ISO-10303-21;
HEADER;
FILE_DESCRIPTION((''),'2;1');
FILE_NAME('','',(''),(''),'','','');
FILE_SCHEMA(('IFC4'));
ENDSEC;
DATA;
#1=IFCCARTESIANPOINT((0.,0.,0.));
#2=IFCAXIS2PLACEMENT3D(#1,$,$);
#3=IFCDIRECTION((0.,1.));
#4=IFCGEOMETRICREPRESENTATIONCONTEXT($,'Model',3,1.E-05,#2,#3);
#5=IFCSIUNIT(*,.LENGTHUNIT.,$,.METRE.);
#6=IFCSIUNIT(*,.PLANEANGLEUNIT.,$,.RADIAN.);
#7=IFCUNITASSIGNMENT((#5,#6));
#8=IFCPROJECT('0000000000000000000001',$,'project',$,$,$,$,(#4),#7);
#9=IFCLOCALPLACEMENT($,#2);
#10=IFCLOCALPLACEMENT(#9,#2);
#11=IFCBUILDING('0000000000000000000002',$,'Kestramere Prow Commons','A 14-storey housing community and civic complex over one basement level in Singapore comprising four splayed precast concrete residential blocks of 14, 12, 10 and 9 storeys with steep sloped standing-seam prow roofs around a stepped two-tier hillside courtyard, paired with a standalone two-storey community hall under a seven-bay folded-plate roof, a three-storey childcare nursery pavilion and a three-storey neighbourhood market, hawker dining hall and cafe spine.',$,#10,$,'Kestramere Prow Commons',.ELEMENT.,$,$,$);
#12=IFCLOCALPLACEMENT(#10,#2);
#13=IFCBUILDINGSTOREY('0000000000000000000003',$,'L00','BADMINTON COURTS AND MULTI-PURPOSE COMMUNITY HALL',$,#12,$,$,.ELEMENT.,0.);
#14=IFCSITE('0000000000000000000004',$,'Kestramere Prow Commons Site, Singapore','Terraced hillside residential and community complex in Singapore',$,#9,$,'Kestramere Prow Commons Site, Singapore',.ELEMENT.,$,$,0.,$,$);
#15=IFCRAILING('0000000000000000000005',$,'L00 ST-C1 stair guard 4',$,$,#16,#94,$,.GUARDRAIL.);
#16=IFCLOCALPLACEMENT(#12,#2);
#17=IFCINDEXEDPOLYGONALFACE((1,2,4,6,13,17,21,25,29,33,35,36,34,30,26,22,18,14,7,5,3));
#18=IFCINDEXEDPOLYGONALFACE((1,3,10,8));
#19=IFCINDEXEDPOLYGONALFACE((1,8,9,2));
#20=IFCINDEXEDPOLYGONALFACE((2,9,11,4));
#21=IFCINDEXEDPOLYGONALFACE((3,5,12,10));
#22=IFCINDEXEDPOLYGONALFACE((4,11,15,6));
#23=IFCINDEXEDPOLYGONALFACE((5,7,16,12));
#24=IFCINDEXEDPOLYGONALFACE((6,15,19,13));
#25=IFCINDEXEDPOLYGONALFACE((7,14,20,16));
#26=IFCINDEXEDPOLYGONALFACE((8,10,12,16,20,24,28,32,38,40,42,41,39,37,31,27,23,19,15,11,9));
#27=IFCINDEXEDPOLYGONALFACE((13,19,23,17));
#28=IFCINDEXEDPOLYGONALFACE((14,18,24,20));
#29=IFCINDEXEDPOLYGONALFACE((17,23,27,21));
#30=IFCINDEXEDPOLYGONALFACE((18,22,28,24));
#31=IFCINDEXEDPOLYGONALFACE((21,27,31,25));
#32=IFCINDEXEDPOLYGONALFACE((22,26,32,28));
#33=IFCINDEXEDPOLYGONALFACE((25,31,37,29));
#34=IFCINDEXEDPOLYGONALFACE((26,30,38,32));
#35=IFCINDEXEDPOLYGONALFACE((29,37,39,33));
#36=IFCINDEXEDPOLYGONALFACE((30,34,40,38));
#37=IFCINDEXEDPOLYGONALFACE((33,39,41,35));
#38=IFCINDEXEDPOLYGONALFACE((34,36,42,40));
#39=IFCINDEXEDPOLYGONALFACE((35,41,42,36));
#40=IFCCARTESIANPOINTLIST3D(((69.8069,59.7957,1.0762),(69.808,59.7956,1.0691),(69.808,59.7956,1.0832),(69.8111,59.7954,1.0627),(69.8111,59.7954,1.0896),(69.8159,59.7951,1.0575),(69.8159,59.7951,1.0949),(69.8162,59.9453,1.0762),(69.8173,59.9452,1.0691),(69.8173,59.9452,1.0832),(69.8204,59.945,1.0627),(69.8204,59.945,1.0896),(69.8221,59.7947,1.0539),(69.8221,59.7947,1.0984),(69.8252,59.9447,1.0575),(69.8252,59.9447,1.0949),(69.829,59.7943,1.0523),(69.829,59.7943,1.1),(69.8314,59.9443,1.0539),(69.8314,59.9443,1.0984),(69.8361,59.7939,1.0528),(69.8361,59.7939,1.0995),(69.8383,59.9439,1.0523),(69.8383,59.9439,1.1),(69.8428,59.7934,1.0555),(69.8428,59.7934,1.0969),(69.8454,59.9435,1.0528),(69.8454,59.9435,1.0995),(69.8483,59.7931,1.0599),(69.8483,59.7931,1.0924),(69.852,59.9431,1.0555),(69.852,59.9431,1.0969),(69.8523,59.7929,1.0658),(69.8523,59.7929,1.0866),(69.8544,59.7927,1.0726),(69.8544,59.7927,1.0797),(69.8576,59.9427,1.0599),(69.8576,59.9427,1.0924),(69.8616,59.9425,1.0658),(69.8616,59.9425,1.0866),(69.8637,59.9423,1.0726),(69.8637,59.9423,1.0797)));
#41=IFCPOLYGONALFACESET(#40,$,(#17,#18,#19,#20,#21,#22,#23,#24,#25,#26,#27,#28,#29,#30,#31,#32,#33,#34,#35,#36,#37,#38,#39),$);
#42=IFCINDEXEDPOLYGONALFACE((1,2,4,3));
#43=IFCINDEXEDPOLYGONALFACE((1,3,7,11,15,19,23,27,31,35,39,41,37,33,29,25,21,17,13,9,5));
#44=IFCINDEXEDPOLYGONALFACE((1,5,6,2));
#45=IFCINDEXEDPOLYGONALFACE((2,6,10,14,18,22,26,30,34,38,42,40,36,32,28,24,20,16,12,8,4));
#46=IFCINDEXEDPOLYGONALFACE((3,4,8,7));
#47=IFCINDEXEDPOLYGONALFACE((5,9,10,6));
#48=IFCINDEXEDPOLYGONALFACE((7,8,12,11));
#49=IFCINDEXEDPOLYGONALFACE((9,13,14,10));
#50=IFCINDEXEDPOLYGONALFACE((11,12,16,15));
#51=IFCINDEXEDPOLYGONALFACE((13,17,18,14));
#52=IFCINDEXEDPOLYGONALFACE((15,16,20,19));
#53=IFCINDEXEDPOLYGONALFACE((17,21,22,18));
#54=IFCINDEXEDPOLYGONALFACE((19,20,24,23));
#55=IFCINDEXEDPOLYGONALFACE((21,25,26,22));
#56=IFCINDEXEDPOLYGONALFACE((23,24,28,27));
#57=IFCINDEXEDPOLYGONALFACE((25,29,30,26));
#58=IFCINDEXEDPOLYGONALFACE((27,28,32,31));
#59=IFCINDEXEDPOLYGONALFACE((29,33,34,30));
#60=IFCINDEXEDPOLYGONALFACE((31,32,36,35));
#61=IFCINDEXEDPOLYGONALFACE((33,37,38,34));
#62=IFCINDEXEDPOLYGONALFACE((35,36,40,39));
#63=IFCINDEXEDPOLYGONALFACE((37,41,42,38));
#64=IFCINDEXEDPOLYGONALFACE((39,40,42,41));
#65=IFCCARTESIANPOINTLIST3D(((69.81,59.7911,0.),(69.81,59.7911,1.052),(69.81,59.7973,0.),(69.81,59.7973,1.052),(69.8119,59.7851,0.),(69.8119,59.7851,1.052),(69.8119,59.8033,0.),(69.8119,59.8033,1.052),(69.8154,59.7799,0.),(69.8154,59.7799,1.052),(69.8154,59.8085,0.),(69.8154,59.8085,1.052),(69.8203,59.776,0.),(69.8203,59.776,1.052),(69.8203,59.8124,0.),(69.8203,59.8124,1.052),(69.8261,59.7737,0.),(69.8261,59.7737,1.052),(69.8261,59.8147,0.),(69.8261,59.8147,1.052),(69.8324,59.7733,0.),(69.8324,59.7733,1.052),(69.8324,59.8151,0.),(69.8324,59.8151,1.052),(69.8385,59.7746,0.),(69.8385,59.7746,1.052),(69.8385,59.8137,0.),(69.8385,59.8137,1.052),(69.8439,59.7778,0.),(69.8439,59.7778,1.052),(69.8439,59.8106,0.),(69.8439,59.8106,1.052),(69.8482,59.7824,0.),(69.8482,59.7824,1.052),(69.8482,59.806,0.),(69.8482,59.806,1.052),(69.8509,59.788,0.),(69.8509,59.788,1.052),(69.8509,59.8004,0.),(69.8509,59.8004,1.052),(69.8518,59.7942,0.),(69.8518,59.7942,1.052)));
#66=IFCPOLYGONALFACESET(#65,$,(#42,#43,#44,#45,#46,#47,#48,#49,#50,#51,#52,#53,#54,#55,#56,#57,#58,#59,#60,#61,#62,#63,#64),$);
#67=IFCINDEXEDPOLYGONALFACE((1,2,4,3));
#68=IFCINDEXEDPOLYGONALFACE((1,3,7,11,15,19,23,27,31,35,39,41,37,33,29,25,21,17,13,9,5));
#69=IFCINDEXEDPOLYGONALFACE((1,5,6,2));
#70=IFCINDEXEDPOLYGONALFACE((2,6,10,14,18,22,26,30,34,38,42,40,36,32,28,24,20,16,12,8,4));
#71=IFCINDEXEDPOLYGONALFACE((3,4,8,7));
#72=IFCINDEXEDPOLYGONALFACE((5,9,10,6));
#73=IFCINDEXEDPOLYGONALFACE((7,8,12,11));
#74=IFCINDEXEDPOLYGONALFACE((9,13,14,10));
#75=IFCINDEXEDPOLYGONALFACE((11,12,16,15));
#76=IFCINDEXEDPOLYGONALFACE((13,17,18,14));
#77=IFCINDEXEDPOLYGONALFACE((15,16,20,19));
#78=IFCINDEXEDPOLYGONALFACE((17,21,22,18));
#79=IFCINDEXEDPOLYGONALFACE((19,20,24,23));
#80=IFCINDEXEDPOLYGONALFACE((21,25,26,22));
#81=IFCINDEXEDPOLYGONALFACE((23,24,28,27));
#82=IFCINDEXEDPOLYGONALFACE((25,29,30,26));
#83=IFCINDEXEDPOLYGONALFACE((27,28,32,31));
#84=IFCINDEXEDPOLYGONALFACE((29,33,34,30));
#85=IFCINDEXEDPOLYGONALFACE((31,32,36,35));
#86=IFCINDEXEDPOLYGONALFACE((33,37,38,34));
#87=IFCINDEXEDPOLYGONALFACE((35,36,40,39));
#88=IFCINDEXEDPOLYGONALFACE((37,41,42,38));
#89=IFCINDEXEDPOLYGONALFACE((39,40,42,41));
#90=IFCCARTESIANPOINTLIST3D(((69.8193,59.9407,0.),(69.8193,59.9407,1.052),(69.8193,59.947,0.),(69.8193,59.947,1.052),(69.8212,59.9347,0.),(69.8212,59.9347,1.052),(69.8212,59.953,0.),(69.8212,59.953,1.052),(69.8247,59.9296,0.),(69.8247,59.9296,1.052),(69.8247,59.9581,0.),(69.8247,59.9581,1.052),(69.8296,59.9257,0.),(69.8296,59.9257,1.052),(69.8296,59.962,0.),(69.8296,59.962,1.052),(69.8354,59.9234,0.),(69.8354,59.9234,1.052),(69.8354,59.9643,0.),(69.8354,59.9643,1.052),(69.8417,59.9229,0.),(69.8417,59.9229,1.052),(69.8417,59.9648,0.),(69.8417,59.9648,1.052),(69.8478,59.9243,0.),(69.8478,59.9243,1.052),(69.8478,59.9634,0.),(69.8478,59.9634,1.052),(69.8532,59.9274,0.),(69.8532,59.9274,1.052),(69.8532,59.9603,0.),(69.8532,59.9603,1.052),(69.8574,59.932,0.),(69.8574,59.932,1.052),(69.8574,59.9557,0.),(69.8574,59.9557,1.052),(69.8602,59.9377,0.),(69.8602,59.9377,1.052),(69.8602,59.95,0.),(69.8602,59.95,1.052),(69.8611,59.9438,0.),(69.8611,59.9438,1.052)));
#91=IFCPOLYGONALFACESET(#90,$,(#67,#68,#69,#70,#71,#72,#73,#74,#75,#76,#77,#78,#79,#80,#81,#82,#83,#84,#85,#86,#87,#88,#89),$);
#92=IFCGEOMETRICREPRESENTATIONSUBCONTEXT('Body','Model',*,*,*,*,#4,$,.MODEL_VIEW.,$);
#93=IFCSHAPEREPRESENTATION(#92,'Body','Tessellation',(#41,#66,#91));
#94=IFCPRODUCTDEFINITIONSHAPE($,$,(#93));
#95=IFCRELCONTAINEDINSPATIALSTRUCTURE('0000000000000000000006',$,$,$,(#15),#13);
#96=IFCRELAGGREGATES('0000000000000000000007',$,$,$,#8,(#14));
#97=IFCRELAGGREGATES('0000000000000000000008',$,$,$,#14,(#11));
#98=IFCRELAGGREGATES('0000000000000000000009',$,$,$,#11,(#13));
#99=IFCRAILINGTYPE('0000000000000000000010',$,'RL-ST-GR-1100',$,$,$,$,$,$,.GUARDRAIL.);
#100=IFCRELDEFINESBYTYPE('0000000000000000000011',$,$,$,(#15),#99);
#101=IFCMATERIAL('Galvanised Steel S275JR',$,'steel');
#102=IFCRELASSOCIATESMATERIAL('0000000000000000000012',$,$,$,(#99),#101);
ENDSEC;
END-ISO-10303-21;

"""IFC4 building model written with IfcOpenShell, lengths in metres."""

from ifc_helpers import new_model, si_unit, direction, frame, origin, origin_2d, place, context, subcontext, project, spatial, circle, extrude, material, type_object, element, save


model = new_model("IFC4")

# Units and contexts
model_context = context("Model", 3, precision=1e-05, world=origin(), true_north=direction((0.0, 1.0)))
body_context = subcontext(model_context, "Body", "Model", "MODEL_VIEW")
ifc_project = project(units=[si_unit("LENGTHUNIT", "METRE"), si_unit("PLANEANGLEUNIT", "RADIAN")], contexts=[model_context])

# Site, building, storey
site_placement = place(None, origin())
site = spatial("IfcSite", under=ifc_project, at=site_placement, Name="Kestramere Prow Commons Site, Singapore", Description="Terraced hillside residential and community complex in Singapore", LongName="Kestramere Prow Commons Site, Singapore", CompositionType="ELEMENT", RefElevation=0.0)
building_placement = place(site_placement, origin())
building = spatial("IfcBuilding", under=site, at=building_placement, Name="Kestramere Prow Commons", Description="A 14-storey housing community and civic complex over one basement level in Singapore comprising four splayed precast concrete residential blocks of 14, 12, 10 and 9 storeys with steep sloped standing-seam prow roofs around a stepped two-tier hillside courtyard, paired with a standalone two-storey community hall under a seven-bay folded-plate roof, a three-storey childcare nursery pavilion and a three-storey neighbourhood market, hawker dining hall and cafe spine.", LongName="Kestramere Prow Commons", CompositionType="ELEMENT")
storey_placement = place(building_placement, origin())
storey = spatial("IfcBuildingStorey", under=building, at=storey_placement, Name="L00", Description="BADMINTON COURTS AND MULTI-PURPOSE COMMUNITY HALL", CompositionType="ELEMENT", Elevation=0.0)

# Railing
ifc_material_1 = material(Name="Galvanised Steel S275JR", Category="steel")
railing_type_1 = type_object("IfcRailingType", Name="RL-ST-GR-1100", PredefinedType="GUARDRAIL", material=ifc_material_1)
railing_1_placement = place(storey_placement, frame((69.8308, 59.7942, 0.0)))
element("IfcRailing", 1, at=railing_1_placement, inside=storey, type_object=railing_type_1, Name="L00 ST-C1 stair guard 4", PredefinedType="GUARDRAIL", context=body_context, shape_type="SweptSolid", body=[
    extrude(circle(Radius=0.0239, at=origin_2d()), frame((0.0, 0.0, 1.0762), z_axis=(0.061871, 0.998084, 0.0), x_axis=(-0.998084, 0.061871, 0.0)), (0.0, 0.0, 1.0), 0.1499),
    extrude(circle(Radius=0.021, at=origin_2d()), origin(), (0.0, 0.0, 1.0), 1.052),
    extrude(circle(Radius=0.021, at=origin_2d()), frame((0.0093, 0.1497, 0.0)), (0.0, 0.0, 1.0), 1.052),
])

save(model, "model.ifc")
